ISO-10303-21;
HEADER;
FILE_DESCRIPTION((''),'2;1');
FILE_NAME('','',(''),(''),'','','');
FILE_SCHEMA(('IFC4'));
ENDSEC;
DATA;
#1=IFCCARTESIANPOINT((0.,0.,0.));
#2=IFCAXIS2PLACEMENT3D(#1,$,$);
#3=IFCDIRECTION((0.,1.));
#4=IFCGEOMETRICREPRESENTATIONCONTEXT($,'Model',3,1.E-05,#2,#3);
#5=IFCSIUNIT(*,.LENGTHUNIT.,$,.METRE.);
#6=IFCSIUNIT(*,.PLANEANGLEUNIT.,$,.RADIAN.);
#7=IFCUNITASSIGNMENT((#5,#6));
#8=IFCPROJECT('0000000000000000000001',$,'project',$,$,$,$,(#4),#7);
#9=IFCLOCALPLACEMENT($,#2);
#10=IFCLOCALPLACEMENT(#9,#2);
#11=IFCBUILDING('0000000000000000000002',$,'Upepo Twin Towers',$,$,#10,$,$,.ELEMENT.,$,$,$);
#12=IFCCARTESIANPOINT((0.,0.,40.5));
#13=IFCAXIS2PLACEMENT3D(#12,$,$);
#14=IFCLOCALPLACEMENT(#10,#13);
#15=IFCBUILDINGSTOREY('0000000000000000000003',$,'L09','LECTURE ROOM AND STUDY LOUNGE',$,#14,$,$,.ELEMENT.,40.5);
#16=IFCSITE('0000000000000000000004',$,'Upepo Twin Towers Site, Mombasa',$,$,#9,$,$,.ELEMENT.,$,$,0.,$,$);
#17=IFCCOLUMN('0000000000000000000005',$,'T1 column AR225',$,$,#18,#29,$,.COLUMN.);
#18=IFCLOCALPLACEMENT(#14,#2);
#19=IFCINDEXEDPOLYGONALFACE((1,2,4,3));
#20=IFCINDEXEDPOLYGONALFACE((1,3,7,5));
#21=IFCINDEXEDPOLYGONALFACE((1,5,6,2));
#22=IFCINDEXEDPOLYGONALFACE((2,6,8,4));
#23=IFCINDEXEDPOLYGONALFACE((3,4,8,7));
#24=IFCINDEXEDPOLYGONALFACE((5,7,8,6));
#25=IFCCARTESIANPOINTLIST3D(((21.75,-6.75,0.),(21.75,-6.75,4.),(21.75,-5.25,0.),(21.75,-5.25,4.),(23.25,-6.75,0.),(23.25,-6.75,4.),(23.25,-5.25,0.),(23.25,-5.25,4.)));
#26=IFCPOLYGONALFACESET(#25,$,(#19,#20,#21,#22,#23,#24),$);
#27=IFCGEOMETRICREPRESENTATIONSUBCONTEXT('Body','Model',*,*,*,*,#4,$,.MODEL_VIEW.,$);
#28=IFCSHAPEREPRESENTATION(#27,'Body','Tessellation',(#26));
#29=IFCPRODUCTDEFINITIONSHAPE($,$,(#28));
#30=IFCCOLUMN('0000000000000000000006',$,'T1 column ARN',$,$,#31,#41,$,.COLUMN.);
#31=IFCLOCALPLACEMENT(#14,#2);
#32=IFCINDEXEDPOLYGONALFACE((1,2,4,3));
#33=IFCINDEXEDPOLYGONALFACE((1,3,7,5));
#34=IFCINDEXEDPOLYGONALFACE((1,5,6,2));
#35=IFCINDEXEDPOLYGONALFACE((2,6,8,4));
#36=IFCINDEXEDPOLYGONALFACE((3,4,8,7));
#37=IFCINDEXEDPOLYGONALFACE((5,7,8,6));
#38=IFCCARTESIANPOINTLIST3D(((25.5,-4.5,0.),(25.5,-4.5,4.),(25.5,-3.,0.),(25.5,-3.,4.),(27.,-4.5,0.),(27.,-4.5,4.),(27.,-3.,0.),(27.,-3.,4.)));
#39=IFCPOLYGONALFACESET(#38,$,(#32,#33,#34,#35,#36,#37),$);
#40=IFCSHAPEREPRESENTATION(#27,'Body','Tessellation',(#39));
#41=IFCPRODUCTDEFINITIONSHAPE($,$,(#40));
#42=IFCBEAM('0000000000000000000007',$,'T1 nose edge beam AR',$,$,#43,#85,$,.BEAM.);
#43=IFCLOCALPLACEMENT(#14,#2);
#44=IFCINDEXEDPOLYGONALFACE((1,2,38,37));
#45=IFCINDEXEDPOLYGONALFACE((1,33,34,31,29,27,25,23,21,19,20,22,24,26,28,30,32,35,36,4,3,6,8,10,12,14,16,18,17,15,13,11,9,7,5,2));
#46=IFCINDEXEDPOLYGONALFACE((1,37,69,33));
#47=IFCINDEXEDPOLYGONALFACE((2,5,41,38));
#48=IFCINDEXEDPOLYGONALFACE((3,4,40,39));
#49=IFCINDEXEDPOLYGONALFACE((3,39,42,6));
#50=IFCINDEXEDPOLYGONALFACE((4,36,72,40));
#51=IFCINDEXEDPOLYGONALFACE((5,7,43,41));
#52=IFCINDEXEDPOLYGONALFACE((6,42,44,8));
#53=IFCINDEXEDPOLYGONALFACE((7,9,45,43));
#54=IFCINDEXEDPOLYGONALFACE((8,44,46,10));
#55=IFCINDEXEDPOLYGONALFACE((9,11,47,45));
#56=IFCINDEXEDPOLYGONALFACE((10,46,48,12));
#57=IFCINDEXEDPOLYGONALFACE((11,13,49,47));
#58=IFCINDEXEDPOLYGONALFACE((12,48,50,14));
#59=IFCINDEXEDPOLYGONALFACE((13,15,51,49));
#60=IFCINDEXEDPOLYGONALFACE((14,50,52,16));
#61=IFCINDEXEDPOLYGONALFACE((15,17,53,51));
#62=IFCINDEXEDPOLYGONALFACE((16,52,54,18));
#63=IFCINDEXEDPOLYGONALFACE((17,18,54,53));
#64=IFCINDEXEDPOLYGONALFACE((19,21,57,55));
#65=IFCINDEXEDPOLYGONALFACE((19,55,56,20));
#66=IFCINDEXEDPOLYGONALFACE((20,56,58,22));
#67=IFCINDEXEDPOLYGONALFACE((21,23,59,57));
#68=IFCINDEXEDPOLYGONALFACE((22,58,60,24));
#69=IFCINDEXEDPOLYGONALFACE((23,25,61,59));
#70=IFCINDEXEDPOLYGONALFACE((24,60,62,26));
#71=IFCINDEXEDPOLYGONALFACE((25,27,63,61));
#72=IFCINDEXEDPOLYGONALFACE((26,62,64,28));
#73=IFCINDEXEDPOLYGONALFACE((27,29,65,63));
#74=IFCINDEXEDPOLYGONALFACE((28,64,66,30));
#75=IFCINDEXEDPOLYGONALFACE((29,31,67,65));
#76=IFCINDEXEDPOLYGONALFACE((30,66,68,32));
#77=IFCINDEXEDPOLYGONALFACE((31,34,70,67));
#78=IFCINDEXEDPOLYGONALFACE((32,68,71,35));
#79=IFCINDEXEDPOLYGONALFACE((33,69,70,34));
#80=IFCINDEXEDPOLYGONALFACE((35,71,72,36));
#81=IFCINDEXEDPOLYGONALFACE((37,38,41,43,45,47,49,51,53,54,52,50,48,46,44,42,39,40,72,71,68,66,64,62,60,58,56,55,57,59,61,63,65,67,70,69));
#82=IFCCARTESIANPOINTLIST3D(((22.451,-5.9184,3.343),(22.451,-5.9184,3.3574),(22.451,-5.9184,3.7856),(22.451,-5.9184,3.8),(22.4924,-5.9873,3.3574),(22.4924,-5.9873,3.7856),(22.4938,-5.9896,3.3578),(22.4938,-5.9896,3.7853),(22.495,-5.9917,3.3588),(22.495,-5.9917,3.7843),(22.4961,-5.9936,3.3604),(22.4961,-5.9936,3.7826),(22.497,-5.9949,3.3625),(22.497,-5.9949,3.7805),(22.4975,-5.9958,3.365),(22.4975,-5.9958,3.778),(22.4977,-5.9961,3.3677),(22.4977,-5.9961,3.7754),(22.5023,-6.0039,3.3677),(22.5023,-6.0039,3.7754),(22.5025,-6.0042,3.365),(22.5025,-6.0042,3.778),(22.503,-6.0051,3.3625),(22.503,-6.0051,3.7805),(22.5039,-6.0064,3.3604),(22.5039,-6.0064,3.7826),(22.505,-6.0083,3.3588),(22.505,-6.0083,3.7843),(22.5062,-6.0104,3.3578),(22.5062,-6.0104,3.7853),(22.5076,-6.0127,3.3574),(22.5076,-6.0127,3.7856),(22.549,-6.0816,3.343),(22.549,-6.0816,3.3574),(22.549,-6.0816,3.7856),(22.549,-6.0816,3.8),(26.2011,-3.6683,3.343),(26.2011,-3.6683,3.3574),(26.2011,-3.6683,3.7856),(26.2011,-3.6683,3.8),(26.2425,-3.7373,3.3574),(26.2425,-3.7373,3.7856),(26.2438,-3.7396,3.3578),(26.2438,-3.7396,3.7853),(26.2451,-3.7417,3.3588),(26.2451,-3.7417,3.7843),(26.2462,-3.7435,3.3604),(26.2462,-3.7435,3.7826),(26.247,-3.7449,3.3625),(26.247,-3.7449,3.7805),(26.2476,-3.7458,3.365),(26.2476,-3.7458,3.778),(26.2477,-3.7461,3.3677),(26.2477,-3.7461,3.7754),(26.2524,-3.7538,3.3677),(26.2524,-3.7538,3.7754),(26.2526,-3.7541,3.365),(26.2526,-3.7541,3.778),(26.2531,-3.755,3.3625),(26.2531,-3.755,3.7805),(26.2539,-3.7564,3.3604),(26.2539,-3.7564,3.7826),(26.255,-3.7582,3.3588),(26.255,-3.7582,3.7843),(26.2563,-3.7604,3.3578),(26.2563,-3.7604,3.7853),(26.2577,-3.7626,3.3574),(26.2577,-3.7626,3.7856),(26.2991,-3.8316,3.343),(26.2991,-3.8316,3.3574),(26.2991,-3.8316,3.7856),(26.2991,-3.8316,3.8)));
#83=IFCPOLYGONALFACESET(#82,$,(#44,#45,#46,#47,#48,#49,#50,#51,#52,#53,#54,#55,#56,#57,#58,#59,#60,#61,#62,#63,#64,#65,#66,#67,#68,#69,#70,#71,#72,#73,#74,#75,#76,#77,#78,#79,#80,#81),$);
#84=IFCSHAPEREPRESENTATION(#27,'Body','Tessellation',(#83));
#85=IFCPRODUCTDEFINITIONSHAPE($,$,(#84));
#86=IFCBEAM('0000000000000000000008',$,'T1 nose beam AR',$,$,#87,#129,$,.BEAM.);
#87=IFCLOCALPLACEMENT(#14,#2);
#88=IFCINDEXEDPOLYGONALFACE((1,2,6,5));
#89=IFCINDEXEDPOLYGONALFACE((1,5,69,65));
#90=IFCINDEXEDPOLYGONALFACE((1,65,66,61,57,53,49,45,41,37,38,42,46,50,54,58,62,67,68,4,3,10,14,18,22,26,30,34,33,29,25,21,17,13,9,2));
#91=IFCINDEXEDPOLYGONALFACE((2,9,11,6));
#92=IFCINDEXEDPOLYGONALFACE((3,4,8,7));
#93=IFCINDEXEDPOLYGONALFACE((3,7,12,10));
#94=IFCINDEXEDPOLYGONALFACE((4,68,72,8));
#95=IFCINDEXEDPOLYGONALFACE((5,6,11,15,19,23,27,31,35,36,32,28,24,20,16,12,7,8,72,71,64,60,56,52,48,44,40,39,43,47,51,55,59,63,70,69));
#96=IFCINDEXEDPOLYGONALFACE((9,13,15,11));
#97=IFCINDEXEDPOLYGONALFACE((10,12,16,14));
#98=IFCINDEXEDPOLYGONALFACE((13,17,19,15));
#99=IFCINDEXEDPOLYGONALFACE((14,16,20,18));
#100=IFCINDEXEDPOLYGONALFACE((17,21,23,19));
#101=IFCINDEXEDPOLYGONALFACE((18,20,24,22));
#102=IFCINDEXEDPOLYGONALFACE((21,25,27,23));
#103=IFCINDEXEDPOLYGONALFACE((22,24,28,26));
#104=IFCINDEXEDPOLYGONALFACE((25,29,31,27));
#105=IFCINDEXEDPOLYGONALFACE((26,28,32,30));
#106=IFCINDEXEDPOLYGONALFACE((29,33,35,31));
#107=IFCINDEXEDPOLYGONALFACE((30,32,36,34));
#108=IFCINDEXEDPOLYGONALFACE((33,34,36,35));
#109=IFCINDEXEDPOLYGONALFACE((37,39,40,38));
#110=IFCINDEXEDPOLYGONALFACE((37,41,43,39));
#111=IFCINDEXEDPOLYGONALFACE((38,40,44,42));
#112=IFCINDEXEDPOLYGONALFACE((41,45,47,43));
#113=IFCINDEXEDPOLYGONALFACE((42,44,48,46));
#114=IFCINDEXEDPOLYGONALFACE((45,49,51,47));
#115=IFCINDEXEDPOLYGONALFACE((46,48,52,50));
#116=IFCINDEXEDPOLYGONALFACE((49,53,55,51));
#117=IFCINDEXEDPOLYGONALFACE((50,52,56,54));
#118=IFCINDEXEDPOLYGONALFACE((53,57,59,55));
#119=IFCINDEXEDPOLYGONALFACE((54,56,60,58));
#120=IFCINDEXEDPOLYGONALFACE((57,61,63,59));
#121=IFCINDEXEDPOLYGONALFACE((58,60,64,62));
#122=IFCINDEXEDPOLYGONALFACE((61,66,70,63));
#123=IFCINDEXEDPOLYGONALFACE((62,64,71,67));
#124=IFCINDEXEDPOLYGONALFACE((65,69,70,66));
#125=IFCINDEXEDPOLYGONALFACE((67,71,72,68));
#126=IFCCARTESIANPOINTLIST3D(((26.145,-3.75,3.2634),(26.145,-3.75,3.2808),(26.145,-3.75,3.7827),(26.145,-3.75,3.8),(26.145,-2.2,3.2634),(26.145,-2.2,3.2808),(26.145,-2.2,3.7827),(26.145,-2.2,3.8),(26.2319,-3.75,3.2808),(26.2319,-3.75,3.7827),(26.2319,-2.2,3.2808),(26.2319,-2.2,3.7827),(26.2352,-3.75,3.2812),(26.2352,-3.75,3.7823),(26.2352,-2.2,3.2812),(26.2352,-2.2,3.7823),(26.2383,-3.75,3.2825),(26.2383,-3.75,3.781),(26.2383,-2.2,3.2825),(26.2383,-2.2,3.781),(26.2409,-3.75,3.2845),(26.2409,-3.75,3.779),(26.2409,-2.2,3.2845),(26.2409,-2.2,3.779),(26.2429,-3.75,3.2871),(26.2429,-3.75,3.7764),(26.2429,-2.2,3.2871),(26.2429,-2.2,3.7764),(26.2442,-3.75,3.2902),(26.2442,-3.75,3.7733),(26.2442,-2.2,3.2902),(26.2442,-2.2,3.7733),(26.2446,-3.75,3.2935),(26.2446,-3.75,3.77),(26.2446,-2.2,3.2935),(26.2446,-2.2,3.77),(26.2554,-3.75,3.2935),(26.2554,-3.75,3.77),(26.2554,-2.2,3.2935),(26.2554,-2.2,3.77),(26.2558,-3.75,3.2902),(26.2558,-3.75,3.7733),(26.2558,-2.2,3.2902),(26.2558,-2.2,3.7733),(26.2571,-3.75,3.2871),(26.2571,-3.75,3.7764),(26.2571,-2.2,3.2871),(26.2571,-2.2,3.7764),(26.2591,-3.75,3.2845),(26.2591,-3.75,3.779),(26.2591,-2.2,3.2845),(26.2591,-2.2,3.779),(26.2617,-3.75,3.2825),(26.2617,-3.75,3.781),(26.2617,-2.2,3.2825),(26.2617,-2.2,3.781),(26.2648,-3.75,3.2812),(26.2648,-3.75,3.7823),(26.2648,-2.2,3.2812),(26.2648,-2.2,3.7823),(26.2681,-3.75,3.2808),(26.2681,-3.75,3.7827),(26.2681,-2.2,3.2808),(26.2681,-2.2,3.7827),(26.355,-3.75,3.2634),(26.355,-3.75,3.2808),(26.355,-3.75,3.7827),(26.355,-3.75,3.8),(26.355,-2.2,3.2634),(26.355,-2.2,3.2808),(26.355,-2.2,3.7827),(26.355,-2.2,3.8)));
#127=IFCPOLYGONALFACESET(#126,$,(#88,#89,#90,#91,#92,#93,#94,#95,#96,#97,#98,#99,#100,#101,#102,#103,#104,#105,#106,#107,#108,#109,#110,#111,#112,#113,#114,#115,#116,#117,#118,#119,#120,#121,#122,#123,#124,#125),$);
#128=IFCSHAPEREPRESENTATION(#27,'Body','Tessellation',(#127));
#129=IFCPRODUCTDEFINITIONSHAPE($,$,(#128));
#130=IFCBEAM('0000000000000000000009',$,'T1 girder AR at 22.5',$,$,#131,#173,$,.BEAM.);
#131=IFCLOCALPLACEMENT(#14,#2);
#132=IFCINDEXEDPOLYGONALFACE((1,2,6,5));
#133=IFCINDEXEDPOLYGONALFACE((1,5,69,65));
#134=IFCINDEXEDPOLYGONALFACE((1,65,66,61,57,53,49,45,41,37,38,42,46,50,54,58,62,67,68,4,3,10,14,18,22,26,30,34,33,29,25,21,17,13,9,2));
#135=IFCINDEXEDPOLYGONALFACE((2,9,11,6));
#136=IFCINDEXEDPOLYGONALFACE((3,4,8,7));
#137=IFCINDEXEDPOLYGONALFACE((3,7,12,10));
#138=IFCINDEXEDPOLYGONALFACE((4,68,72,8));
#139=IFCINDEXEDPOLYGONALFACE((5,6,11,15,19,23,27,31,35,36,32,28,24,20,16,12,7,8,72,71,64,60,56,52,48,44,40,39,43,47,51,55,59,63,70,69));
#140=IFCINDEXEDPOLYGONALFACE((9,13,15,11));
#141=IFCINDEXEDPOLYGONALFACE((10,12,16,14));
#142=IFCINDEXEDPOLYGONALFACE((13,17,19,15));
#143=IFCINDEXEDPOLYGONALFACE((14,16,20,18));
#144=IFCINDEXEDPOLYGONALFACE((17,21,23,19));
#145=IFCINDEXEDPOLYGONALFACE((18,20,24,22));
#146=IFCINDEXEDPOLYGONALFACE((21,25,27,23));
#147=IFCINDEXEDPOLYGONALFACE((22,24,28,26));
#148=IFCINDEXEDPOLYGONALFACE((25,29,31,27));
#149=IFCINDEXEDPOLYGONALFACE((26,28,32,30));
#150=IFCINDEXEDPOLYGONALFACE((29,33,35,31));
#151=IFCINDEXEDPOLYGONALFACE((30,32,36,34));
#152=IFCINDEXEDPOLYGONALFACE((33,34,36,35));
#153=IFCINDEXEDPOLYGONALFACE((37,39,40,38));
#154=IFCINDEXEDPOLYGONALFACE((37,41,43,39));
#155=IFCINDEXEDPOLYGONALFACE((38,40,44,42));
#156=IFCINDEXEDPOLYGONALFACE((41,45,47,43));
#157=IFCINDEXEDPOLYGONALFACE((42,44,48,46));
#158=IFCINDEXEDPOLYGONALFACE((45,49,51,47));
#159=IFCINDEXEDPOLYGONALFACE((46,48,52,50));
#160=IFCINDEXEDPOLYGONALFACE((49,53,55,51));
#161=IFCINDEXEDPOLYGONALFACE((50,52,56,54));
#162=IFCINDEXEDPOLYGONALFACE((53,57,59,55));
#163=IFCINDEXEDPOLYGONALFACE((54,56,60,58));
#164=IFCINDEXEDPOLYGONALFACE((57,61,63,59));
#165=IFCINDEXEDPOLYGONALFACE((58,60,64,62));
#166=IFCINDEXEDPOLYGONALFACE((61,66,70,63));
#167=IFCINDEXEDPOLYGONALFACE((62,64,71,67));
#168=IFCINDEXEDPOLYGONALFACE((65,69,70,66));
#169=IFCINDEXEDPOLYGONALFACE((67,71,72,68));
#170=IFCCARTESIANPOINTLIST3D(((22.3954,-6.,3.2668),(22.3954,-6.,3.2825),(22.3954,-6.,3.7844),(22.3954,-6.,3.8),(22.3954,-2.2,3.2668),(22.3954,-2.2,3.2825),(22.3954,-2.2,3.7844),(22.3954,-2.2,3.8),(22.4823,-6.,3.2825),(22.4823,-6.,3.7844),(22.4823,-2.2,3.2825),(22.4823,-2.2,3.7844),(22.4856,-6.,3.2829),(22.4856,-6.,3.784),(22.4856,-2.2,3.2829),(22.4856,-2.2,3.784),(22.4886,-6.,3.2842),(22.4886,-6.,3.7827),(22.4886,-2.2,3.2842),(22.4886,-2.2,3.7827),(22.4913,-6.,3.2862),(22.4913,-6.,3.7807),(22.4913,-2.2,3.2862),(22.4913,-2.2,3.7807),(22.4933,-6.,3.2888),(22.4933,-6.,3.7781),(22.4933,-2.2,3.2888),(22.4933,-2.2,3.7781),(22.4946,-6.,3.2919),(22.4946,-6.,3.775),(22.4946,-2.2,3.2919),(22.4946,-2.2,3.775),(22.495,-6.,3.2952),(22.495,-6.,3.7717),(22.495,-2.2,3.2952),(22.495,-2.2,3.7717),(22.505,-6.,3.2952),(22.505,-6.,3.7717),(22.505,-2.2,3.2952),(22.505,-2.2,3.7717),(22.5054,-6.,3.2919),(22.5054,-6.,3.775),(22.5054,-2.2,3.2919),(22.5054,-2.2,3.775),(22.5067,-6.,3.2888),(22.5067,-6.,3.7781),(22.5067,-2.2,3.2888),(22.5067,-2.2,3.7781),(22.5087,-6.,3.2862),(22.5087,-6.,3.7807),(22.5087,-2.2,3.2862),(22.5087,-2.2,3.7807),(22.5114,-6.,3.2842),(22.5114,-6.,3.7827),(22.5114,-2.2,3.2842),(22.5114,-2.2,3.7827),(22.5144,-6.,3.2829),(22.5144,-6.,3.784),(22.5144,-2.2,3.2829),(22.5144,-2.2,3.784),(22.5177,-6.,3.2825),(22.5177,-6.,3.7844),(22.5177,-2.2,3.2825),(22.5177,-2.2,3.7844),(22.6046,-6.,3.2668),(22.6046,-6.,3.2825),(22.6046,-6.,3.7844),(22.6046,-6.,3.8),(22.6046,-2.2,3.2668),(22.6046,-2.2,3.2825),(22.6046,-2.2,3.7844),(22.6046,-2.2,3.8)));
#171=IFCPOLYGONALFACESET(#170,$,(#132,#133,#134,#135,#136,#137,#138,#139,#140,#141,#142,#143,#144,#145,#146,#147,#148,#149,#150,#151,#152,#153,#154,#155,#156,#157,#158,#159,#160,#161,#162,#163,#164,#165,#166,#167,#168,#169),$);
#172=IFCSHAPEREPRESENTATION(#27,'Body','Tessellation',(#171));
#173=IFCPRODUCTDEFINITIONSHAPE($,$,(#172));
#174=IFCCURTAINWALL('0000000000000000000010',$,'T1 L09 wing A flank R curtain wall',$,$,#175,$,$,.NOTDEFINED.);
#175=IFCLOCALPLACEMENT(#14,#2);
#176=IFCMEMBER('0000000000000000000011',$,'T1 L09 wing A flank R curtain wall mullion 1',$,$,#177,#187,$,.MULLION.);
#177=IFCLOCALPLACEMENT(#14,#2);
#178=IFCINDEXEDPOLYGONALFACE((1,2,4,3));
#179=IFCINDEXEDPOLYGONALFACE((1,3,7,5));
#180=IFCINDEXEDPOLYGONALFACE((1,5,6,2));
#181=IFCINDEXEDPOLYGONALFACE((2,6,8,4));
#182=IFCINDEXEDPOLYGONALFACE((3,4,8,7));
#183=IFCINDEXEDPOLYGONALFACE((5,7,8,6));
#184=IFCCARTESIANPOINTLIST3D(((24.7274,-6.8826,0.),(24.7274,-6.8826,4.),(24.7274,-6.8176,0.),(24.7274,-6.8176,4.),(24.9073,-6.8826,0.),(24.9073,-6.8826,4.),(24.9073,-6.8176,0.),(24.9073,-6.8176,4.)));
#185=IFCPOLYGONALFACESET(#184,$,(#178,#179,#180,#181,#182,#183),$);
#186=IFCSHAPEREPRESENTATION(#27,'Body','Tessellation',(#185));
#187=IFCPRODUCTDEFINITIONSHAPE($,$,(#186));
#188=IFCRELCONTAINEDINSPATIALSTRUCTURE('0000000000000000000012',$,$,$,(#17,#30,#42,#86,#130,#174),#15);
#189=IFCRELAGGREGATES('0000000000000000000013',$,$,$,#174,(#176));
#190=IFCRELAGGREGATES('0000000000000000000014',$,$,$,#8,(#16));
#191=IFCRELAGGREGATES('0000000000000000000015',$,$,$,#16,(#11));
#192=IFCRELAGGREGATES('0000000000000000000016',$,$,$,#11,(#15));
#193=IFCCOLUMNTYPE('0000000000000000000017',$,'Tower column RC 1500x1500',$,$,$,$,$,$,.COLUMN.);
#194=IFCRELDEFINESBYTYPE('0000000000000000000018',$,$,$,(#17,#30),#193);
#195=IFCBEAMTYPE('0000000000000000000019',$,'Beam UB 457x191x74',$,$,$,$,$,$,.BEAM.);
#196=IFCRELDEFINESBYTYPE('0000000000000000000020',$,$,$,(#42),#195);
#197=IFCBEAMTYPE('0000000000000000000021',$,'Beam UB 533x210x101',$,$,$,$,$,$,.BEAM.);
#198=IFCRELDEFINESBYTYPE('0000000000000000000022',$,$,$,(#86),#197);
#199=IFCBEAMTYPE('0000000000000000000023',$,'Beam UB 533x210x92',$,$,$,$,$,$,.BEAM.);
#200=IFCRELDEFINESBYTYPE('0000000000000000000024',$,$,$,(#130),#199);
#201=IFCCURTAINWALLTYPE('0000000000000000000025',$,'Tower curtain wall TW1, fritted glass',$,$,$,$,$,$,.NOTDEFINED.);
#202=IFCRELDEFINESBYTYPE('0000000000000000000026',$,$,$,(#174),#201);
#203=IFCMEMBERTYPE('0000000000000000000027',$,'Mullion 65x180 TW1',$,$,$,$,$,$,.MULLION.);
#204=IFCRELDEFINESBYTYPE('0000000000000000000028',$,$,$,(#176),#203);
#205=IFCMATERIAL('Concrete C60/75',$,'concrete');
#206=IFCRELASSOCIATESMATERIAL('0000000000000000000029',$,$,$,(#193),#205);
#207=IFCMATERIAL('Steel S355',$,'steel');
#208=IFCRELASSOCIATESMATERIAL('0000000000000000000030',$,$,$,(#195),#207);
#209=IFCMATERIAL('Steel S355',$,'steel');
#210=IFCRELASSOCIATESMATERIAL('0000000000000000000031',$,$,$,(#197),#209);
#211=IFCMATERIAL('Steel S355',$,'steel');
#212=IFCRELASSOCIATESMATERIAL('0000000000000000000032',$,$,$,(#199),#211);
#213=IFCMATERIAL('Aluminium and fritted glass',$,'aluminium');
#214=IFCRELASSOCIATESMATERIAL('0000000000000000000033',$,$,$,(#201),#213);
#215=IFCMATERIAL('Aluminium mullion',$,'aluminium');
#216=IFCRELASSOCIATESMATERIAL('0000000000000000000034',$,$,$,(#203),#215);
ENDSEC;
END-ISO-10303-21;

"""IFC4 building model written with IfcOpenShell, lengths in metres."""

from ifc_helpers import new_model, si_unit, direction, frame, origin, origin_2d, place, context, subcontext, project, spatial, rectangle, i_section, extrude, material, material_profile, profile_set, type_object, element, aggregate, save


model = new_model("IFC4")

# Units and contexts
model_context = context("Model", 3, precision=1e-05, world=origin(), true_north=direction((0.0, 1.0)))
body_context = subcontext(model_context, "Body", "Model", "MODEL_VIEW")
ifc_project = project(units=[si_unit("LENGTHUNIT", "METRE"), si_unit("PLANEANGLEUNIT", "RADIAN")], contexts=[model_context])

# Site, building, storey
site_placement = place(None, origin())
site = spatial("IfcSite", under=ifc_project, at=site_placement, Name="Upepo Twin Towers Site, Mombasa", CompositionType="ELEMENT", RefElevation=0.0)
building_placement = place(site_placement, origin())
building = spatial("IfcBuilding", under=site, at=building_placement, Name="Upepo Twin Towers", CompositionType="ELEMENT")
storey_placement = place(building_placement, frame((0.0, 0.0, 40.5)))
storey = spatial("IfcBuildingStorey", under=building, at=storey_placement, Name="L09", Description="LECTURE ROOM AND STUDY LOUNGE", CompositionType="ELEMENT", Elevation=40.5)

# Columns
ifc_material_1 = material(Name="Concrete C60/75", Category="concrete")
ifc_material_profile_1 = material_profile(ifc_material_1, rectangle(XDim=1.5, YDim=1.5, at=origin_2d()), Name="RC 1500x1500")
ifc_profile_set_1 = profile_set([ifc_material_profile_1], Name="Concrete C60/75")
column_type = type_object("IfcColumnType", Name="Tower column RC 1500x1500", PredefinedType="COLUMN", material=ifc_profile_set_1)
for number, where, z_axis, x_axis, name in (
    (1, (22.5, -6.0, 0.0), (0.0, 0.0, 1.0), (1.0, 0.0, 0.0), "T1 column AR225"),
    (2, (26.25, -3.75, 0.0), (0.0, 0.0, 1.0), (1.0, 0.0, 0.0), "T1 column ARN"),
):
    element("IfcColumn", number, at=place(storey_placement, frame(where, z_axis=z_axis, x_axis=x_axis)), inside=storey, type_object=column_type, Name=name, PredefinedType="COLUMN", context=body_context, shape_type="SweptSolid", body=[
        extrude(rectangle(XDim=1.5, YDim=1.5, at=origin_2d()), origin(), (0.0, 0.0, 1.0), 4.0),
    ])

# Beams
ifc_material_2 = material(Name="Steel S355", Category="steel")
ifc_material_profile_2 = material_profile(ifc_material_2, i_section(OverallWidth=0.1904, OverallDepth=0.457, WebThickness=0.009, FlangeThickness=0.0144, FilletRadius=0.0103, at=origin_2d()), Name="UB 457x191x74")
ifc_profile_set_2 = profile_set([ifc_material_profile_2], Name="Steel S355")
beam_type_1 = type_object("IfcBeamType", Name="Beam UB 457x191x74", PredefinedType="BEAM", material=ifc_profile_set_2)
beam_1_placement = place(storey_placement, frame((22.5, -6.0, 3.5715), z_axis=(0.857493, 0.514496, 0.0), x_axis=(-0.514496, 0.857493, 0.0)))
element("IfcBeam", 3, at=beam_1_placement, inside=storey, type_object=beam_type_1, Name="T1 nose edge beam AR", PredefinedType="BEAM", context=body_context, shape_type="SweptSolid", body=[
    extrude(i_section(OverallWidth=0.1904, OverallDepth=0.457, WebThickness=0.009, FlangeThickness=0.0144, FilletRadius=0.0103, at=origin_2d()), origin(), (0.0, 0.0, 1.0), 4.3733),
])
ifc_material_3 = material(Name="Steel S355", Category="steel")
ifc_material_profile_3 = material_profile(ifc_material_3, i_section(OverallWidth=0.21, OverallDepth=0.5366, WebThickness=0.0107, FlangeThickness=0.0173, FilletRadius=0.0127, at=origin_2d()), Name="UB 533x210x101")
ifc_profile_set_3 = profile_set([ifc_material_profile_3], Name="Steel S355")
beam_type_2 = type_object("IfcBeamType", Name="Beam UB 533x210x101", PredefinedType="BEAM", material=ifc_profile_set_3)
beam_2_placement = place(storey_placement, frame((26.25, -3.75, 3.5317), z_axis=(0.0, 1.0, 0.0), x_axis=(-1.0, 0.0, 0.0)))
element("IfcBeam", 4, at=beam_2_placement, inside=storey, type_object=beam_type_2, Name="T1 nose beam AR", PredefinedType="BEAM", context=body_context, shape_type="SweptSolid", body=[
    extrude(i_section(OverallWidth=0.21, OverallDepth=0.5366, WebThickness=0.0107, FlangeThickness=0.0173, FilletRadius=0.0127, at=origin_2d()), origin(), (0.0, 0.0, 1.0), 1.55),
])
ifc_material_4 = material(Name="Steel S355", Category="steel")
ifc_material_profile_4 = material_profile(ifc_material_4, i_section(OverallWidth=0.2092, OverallDepth=0.5332, WebThickness=0.01, FlangeThickness=0.0156, FilletRadius=0.0127, at=origin_2d()), Name="UB 533x210x92")
ifc_profile_set_4 = profile_set([ifc_material_profile_4], Name="Steel S355")
beam_type_3 = type_object("IfcBeamType", Name="Beam UB 533x210x92", PredefinedType="BEAM", material=ifc_profile_set_4)
beam_3_placement = place(storey_placement, frame((22.5, -6.0, 3.5334), z_axis=(0.0, 1.0, 0.0), x_axis=(-1.0, 0.0, 0.0)))
element("IfcBeam", 5, at=beam_3_placement, inside=storey, type_object=beam_type_3, Name="T1 girder AR at 22.5", PredefinedType="BEAM", context=body_context, shape_type="SweptSolid", body=[
    extrude(i_section(OverallWidth=0.2092, OverallDepth=0.5332, WebThickness=0.01, FlangeThickness=0.0156, FilletRadius=0.0127, at=origin_2d()), origin(), (0.0, 0.0, 1.0), 3.8),
])

# Curtain wall, member
ifc_material_5 = material(Name="Aluminium and fritted glass", Category="aluminium")
curtain_wall_type = type_object("IfcCurtainWallType", Name="Tower curtain wall TW1, fritted glass", PredefinedType="NOTDEFINED", material=ifc_material_5)
curtain_wall_1_placement = place(storey_placement, origin())
curtain_wall_1 = element("IfcCurtainWall", 6, at=curtain_wall_1_placement, inside=storey, type_object=curtain_wall_type, Name="T1 L09 wing A flank R curtain wall", PredefinedType="NOTDEFINED")
ifc_material_6 = material(Name="Aluminium mullion", Category="aluminium")
ifc_material_profile_5 = material_profile(ifc_material_6, rectangle(XDim=0.0649, YDim=0.1799, at=origin_2d()), Name="MULLION 65x180")
ifc_profile_set_5 = profile_set([ifc_material_profile_5], Name="Aluminium mullion")
member_type_1 = type_object("IfcMemberType", Name="Mullion 65x180 TW1", PredefinedType="MULLION", material=ifc_profile_set_5)
member_1_placement = place(storey_placement, frame((24.8174, -6.8501, 0.0), z_axis=(0.0, 0.0, 1.0), x_axis=(0.0, -1.0, 0.0)))
member_1 = element("IfcMember", 7, at=member_1_placement, type_object=member_type_1, Name="T1 L09 wing A flank R curtain wall mullion 1", PredefinedType="MULLION", context=body_context, shape_type="SweptSolid", body=[
    extrude(rectangle(XDim=0.0649, YDim=0.1799, at=origin_2d()), origin(), (0.0, 0.0, 1.0), 4.0),
])

aggregate(curtain_wall_1, [member_1])

save(model, "model.ifc")
